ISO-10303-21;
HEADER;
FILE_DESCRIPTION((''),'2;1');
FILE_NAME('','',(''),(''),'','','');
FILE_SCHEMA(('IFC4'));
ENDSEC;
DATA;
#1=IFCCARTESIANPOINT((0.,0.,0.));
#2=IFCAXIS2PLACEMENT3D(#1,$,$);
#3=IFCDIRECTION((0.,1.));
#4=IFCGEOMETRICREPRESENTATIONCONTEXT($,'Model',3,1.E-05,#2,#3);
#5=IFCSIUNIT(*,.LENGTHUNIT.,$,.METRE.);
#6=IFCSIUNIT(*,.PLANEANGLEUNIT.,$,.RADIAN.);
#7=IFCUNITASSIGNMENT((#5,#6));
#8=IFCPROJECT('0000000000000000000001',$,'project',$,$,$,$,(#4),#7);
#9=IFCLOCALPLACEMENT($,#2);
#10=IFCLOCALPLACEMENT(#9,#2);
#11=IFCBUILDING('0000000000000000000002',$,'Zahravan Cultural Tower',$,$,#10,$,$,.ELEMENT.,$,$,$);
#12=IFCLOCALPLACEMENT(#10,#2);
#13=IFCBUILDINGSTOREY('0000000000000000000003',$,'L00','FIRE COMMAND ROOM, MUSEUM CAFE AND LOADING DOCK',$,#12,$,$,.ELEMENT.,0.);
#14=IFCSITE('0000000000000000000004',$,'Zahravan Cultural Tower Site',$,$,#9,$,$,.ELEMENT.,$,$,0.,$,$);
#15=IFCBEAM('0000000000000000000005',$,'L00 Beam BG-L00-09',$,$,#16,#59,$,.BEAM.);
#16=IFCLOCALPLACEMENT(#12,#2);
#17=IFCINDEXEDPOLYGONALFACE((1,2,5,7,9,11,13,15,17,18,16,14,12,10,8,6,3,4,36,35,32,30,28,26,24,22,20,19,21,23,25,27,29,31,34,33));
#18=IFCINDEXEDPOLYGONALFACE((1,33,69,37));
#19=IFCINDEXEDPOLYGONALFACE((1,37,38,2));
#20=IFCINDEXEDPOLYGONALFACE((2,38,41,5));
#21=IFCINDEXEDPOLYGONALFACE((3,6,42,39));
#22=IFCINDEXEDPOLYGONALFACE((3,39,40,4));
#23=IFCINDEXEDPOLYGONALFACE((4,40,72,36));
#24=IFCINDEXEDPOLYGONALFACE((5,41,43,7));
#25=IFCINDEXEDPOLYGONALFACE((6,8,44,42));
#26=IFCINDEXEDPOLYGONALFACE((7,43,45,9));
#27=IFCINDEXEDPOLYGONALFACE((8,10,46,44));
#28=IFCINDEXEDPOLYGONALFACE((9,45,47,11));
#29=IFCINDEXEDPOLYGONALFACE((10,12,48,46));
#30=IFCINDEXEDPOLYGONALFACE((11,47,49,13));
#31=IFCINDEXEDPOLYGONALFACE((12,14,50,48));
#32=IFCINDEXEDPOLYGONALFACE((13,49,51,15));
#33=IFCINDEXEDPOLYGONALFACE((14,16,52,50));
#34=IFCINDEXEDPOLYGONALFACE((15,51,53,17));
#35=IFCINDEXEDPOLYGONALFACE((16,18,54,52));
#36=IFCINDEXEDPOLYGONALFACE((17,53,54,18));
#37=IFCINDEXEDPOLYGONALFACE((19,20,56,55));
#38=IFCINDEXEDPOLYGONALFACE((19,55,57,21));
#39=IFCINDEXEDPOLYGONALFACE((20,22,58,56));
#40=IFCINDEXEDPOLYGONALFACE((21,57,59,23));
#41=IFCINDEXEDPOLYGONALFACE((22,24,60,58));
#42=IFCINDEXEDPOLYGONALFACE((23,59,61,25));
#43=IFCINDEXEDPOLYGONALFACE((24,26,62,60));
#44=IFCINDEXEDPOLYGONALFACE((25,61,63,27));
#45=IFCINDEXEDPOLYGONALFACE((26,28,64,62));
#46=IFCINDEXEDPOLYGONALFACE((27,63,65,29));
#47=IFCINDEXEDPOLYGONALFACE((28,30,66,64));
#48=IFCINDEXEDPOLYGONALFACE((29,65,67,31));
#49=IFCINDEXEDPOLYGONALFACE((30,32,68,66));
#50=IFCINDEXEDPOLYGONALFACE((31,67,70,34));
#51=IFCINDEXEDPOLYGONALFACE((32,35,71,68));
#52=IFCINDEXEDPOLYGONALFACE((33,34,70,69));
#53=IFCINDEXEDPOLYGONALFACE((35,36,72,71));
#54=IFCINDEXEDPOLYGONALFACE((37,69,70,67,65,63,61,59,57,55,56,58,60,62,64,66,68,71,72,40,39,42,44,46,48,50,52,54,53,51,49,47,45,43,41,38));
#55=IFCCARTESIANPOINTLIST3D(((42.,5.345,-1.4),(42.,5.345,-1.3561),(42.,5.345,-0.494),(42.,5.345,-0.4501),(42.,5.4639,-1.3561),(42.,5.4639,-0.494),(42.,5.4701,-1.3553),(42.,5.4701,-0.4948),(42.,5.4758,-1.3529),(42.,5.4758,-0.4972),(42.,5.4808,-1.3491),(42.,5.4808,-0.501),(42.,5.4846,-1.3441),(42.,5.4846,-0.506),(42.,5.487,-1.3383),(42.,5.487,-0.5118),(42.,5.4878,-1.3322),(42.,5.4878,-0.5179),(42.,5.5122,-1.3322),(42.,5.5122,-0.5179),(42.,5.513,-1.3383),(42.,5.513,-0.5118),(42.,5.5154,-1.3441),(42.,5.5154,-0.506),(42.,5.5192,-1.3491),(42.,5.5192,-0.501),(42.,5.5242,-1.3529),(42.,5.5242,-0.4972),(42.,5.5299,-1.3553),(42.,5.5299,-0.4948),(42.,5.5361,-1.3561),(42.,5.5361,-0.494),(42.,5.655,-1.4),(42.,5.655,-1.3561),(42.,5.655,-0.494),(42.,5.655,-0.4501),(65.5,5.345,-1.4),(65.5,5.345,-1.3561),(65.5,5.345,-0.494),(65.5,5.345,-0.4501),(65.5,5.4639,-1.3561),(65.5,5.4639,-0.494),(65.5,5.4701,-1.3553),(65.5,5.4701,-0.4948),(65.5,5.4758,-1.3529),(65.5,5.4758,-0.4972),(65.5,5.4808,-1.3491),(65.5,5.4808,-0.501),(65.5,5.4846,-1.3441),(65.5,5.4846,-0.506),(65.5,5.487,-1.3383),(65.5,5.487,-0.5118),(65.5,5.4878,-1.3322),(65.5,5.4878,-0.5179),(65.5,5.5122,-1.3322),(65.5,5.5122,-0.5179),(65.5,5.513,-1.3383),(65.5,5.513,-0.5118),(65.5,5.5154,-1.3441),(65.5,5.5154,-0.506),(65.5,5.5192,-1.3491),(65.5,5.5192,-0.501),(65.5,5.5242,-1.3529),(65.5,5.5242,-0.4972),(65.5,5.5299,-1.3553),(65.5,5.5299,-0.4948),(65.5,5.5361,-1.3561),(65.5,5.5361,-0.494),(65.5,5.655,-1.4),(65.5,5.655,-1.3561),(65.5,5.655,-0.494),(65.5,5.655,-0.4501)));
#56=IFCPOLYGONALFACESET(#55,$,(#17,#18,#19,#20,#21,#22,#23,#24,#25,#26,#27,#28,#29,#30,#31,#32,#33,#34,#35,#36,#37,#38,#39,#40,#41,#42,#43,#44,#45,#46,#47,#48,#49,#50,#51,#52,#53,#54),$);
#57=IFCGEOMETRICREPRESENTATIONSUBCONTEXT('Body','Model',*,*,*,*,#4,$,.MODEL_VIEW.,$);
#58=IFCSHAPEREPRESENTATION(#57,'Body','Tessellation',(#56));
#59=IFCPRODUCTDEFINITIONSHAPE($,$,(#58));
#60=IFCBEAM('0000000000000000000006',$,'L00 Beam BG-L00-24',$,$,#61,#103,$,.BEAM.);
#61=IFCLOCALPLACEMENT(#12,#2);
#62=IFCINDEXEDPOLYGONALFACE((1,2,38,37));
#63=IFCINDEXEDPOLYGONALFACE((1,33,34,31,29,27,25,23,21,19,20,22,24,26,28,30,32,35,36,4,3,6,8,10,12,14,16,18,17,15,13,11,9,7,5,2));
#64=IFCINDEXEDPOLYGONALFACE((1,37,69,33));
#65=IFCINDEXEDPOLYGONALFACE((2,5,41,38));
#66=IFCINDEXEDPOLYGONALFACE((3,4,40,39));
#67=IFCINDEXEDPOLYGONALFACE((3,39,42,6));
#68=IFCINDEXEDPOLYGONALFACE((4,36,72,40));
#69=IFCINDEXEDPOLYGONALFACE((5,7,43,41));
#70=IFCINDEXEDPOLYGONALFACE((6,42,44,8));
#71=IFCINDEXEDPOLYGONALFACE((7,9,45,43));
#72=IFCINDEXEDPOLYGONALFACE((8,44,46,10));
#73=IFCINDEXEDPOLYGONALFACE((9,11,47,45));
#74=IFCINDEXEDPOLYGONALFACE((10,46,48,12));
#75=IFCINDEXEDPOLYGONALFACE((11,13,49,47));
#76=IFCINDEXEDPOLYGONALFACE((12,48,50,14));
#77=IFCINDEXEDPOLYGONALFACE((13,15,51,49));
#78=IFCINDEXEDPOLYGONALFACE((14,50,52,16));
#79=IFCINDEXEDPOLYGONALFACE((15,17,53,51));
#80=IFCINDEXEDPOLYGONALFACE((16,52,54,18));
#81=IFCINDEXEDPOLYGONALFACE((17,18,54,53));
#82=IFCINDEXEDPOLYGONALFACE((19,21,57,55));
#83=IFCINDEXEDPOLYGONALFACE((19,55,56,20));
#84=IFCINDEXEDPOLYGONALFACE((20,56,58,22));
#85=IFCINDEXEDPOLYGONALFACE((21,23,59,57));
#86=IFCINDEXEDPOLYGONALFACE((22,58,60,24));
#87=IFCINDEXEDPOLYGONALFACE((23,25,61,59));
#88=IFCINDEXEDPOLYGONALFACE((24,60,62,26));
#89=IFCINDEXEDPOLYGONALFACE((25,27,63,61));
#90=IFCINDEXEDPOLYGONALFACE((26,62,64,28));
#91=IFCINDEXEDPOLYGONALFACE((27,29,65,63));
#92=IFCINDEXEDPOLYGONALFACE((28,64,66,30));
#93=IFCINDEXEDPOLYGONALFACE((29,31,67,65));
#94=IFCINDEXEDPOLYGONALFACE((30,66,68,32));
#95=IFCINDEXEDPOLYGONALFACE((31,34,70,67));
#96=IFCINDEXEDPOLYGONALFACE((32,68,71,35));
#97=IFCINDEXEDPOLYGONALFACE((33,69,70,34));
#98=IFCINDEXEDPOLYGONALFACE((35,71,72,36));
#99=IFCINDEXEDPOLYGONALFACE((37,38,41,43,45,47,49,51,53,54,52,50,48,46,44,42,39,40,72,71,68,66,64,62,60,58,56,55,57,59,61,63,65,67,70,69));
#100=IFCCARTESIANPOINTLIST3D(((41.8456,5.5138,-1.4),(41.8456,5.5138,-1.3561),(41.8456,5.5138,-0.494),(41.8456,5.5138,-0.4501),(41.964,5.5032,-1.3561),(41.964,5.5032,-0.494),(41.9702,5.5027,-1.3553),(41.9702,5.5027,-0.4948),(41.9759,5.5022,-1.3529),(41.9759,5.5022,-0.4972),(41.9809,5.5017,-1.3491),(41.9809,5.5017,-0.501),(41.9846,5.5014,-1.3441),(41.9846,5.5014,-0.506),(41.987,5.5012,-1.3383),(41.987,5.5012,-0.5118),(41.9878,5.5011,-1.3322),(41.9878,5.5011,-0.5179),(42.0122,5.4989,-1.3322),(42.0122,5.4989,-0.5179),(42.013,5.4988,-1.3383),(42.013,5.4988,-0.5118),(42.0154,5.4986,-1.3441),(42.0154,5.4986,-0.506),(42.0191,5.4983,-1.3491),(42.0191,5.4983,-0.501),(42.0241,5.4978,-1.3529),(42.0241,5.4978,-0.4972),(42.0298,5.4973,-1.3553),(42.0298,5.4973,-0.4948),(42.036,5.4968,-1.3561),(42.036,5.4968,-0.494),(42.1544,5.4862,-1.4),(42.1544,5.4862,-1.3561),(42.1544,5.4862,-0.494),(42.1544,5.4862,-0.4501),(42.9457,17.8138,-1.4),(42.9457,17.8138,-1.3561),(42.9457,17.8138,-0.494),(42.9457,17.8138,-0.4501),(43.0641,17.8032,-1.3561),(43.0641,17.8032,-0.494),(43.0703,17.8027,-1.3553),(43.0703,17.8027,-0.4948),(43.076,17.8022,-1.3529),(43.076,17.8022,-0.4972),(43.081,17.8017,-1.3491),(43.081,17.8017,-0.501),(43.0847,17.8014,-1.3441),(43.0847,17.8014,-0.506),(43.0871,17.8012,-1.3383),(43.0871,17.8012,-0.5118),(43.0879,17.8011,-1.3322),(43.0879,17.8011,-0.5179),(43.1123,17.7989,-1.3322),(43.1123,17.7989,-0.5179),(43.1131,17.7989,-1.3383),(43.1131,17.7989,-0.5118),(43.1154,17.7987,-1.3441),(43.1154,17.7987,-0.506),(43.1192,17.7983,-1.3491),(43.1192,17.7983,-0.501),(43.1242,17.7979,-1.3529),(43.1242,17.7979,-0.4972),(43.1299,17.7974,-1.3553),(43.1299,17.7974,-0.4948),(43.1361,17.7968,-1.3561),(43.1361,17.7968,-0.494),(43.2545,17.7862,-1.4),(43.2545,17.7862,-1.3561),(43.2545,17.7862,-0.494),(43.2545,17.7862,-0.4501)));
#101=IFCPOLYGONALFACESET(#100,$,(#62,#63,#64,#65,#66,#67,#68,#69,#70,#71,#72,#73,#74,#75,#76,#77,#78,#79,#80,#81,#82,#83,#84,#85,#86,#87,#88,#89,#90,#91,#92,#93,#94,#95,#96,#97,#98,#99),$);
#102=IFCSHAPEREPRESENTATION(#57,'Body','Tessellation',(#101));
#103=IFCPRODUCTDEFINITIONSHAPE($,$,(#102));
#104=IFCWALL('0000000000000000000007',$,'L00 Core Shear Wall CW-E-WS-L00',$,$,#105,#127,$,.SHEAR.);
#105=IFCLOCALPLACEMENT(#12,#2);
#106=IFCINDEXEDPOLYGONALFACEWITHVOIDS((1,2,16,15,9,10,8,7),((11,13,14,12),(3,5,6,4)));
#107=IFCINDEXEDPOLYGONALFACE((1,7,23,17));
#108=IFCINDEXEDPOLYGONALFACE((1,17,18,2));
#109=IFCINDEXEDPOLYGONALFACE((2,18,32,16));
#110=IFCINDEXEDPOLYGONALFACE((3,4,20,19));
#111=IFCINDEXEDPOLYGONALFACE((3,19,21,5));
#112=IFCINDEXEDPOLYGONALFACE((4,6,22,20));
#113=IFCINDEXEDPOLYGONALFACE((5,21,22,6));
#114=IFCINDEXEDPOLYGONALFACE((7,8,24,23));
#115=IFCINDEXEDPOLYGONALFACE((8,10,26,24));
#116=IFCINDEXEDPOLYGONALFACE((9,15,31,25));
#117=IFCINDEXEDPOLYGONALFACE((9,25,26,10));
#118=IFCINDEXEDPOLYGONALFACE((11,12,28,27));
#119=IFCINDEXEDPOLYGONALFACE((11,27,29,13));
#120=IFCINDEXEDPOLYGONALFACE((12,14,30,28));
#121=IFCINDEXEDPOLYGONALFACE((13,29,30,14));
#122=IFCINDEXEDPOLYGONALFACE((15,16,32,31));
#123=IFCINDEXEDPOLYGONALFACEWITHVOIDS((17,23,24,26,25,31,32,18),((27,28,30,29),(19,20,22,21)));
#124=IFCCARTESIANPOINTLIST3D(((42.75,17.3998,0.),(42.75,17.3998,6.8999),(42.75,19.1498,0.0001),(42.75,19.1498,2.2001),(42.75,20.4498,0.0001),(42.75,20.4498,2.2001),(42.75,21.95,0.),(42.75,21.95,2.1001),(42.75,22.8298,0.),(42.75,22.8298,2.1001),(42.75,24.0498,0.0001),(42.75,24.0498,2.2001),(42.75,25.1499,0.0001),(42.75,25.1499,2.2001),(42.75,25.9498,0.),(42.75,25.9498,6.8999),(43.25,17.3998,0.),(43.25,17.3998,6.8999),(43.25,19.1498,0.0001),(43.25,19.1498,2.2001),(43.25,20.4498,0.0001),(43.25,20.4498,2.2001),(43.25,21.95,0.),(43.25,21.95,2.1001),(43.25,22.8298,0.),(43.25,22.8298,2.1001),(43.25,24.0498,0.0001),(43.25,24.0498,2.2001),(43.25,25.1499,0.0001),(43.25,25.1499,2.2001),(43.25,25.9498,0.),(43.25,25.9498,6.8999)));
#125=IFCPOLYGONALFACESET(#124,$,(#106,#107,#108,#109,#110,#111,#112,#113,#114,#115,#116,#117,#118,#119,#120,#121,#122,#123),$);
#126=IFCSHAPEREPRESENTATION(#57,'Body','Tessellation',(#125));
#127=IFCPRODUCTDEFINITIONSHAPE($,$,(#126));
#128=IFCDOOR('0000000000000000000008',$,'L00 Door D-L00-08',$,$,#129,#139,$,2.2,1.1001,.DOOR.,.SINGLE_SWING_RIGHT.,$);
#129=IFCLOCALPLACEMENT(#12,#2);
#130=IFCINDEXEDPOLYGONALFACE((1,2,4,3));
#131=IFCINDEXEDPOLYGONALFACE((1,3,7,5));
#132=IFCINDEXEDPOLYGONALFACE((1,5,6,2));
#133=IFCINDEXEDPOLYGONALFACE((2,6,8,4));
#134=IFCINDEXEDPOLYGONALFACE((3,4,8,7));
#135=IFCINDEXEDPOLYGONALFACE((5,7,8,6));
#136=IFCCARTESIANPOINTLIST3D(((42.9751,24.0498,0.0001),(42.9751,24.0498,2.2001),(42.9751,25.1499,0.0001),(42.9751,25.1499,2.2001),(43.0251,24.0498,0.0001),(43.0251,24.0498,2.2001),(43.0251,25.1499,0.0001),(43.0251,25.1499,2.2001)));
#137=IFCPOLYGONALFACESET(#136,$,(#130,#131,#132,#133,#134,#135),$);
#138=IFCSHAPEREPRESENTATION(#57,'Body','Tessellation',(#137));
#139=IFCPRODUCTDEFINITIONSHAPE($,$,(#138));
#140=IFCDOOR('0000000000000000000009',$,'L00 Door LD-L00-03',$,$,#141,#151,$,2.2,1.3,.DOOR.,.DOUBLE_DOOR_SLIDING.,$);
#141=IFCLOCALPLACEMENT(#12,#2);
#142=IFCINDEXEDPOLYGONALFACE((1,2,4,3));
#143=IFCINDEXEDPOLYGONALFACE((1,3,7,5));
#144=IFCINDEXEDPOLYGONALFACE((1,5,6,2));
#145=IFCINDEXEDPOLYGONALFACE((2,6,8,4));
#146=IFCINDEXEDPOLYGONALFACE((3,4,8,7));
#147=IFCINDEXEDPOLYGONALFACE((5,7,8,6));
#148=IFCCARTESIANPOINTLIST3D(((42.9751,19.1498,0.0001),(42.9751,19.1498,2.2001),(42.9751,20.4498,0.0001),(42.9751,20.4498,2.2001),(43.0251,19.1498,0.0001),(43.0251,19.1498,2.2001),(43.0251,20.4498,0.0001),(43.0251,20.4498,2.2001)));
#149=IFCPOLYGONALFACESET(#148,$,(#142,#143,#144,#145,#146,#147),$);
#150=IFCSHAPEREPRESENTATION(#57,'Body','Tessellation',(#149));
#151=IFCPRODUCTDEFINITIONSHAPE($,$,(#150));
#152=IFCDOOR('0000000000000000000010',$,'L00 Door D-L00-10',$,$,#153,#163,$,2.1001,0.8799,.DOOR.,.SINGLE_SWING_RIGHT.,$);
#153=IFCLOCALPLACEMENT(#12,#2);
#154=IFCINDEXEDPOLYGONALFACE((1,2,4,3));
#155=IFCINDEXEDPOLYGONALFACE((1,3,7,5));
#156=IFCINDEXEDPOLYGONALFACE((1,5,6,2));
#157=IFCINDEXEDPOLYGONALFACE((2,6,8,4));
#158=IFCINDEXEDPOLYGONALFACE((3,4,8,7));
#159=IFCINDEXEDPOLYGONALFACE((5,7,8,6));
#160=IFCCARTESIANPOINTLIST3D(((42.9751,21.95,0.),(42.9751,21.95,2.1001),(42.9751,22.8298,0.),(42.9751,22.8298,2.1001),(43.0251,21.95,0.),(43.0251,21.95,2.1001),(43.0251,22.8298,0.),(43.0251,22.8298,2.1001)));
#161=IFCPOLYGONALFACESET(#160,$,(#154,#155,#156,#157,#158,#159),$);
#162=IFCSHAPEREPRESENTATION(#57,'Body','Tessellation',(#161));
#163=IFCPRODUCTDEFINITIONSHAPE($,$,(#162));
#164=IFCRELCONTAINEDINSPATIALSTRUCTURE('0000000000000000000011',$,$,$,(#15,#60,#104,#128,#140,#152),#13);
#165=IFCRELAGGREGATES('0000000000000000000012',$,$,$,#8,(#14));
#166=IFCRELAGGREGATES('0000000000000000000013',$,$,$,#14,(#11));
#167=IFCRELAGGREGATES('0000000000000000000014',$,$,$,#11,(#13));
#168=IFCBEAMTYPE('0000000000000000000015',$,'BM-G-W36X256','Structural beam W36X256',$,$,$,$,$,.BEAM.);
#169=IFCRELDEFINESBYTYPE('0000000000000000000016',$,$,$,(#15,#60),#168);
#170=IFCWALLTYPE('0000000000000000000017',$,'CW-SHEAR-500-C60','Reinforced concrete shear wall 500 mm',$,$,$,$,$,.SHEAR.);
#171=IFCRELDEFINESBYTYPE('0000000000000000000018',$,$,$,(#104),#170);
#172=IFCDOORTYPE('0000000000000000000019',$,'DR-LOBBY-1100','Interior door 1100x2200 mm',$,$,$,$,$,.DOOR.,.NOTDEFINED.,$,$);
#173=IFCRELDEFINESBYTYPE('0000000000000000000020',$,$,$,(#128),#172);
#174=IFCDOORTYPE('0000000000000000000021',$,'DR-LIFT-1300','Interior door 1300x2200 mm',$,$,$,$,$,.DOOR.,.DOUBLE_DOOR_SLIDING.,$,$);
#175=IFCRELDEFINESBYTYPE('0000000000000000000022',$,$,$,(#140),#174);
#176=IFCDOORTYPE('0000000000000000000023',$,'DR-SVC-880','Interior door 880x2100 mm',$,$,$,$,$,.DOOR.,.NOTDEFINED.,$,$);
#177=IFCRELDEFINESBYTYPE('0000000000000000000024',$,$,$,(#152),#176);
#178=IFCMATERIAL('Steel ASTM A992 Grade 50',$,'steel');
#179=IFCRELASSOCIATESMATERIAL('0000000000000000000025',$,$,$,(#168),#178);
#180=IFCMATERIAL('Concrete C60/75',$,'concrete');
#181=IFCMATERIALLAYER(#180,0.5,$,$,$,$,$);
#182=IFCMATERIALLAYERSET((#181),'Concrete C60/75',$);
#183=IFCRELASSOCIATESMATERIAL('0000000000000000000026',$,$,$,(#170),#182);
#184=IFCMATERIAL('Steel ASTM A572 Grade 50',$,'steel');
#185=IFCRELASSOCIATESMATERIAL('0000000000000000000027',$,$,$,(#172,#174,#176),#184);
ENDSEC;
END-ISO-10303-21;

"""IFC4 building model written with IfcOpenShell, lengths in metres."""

from ifc_helpers import new_model, si_unit, direction, frame, frame_2d, origin, origin_2d, place, context, subcontext, project, spatial, rectangle, i_section, extrude, source, transform, mapped, material, layer, layer_set, material_profile, profile_set, type_object, element, fill, save


model = new_model("IFC4")

# Units and contexts
model_context = context("Model", 3, precision=1e-05, world=origin(), true_north=direction((0.0, 1.0)))
body_context = subcontext(model_context, "Body", "Model", "MODEL_VIEW")
ifc_project = project(units=[si_unit("LENGTHUNIT", "METRE"), si_unit("PLANEANGLEUNIT", "RADIAN")], contexts=[model_context])

# Site, building, storey
site_placement = place(None, origin())
site = spatial("IfcSite", under=ifc_project, at=site_placement, Name="Zahravan Cultural Tower Site", CompositionType="ELEMENT", RefElevation=0.0)
building_placement = place(site_placement, origin())
building = spatial("IfcBuilding", under=site, at=building_placement, Name="Zahravan Cultural Tower", CompositionType="ELEMENT")
storey_placement = place(building_placement, origin())
storey = spatial("IfcBuildingStorey", under=building, at=storey_placement, Name="L00", Description="FIRE COMMAND ROOM, MUSEUM CAFE AND LOADING DOCK", CompositionType="ELEMENT", Elevation=0.0)

# Shared definitions
ifc_material_1 = material(Name="Concrete C60/75", Category="concrete")
ifc_material_2 = material(Name="Steel ASTM A572 Grade 50", Category="steel")

# Beams
ifc_material_3 = material(Name="Steel ASTM A992 Grade 50", Category="steel")
ifc_material_profile_1 = material_profile(ifc_material_3, i_section(OverallWidth=0.3101, OverallDepth=0.95, WebThickness=0.0244, FlangeThickness=0.0439, FilletRadius=0.0239, at=origin_2d()), Name="W36X256")
ifc_profile_set_1 = profile_set([ifc_material_profile_1], Name="Steel ASTM A992 Grade 50")
beam_type_1 = type_object("IfcBeamType", Name="BM-G-W36X256", Description="Structural beam W36X256", PredefinedType="BEAM", material=ifc_profile_set_1)
shared_shape_1 = source(origin(), body_context, "Body", "SweptSolid", [
    extrude(i_section(OverallWidth=0.3101, OverallDepth=0.95, WebThickness=0.0244, FlangeThickness=0.0439, FilletRadius=0.0239, at=origin_2d()), origin(), (0.0, 0.0, 1.0), 23.5),
])
beam_1_placement = place(storey_placement, frame((42.0, 5.5, -0.925), z_axis=(1.0, 0.0, 0.0), x_axis=(0.0, 1.0, 0.0)))
element("IfcBeam", 1, at=beam_1_placement, inside=storey, type_object=beam_type_1, Name="L00 Beam BG-L00-09", PredefinedType="BEAM", context=body_context, shape_type="MappedRepresentation", body=[
    mapped(shared_shape_1, transform((0.0, 0.0, 0.0), x_axis=(1.0, 0.0, 0.0), y_axis=(0.0, 1.0, 0.0), z_axis=(0.0, 0.0, 1.0), scale=1.0)),
])
shared_shape_2 = source(origin(), body_context, "Body", "SweptSolid", [
    extrude(i_section(OverallWidth=0.3101, OverallDepth=0.95, WebThickness=0.0244, FlangeThickness=0.0439, FilletRadius=0.0239, at=origin_2d()), origin(), (0.0, 0.0, 1.0), 12.3491),
])
beam_2_placement = place(storey_placement, frame((42.0, 5.5, -0.925), z_axis=(0.089083, 0.996024, 0.0), x_axis=(-0.996024, 0.089083, 0.0)))
element("IfcBeam", 2, at=beam_2_placement, inside=storey, type_object=beam_type_1, Name="L00 Beam BG-L00-24", PredefinedType="BEAM", context=body_context, shape_type="MappedRepresentation", body=[
    mapped(shared_shape_2, transform((0.0, 0.0, 0.0), x_axis=(1.0, 0.0, 0.0), y_axis=(0.0, 1.0, 0.0), z_axis=(0.0, 0.0, 1.0), scale=1.0)),
])

# Wall, openings, doors
ifc_layer_1 = layer(ifc_material_1, 0.5)
ifc_layer_set_1 = layer_set([ifc_layer_1], Name="Concrete C60/75")
wall_type_1 = type_object("IfcWallType", Name="CW-SHEAR-500-C60", Description="Reinforced concrete shear wall 500 mm", PredefinedType="SHEAR", material=ifc_layer_set_1)
wall_1_placement = place(storey_placement, frame((43.0, 17.3999, 0.0), z_axis=(0.0, 0.0, 1.0), x_axis=(0.0, 1.0, 0.0)))
wall_1 = element("IfcWall", 3, at=wall_1_placement, inside=storey, type_object=wall_type_1, Name="L00 Core Shear Wall CW-E-WS-L00", PredefinedType="SHEAR", context=body_context, shape_type="SweptSolid", body=[
    extrude(rectangle(XDim=8.55, YDim=0.5, at=frame_2d((4.2749, 0.0))), origin(), (0.0, 0.0, 1.0), 6.8999),
])
opening_1_placement = place(wall_1_placement, frame((6.6499, 0.0, 0.0)))
opening_1 = element("IfcOpeningElement", 4, at=opening_1_placement, cuts=wall_1, PredefinedType="OPENING", context=body_context, shape_type="SweptSolid", body=[
    extrude(rectangle(XDim=1.1001, YDim=2.2, at=frame_2d((0.55, 1.1001))), frame((0.0, 0.26, 0.0), z_axis=(0.0, -1.0, 0.0), x_axis=(1.0, 0.0, 0.0)), (0.0, 0.0, 1.0), 0.52),
])
opening_2_placement = place(wall_1_placement, frame((1.75, 0.0, 0.0)))
opening_2 = element("IfcOpeningElement", 5, at=opening_2_placement, cuts=wall_1, PredefinedType="OPENING", context=body_context, shape_type="SweptSolid", body=[
    extrude(rectangle(XDim=1.3, YDim=2.2, at=frame_2d((0.6499, 1.1001))), frame((0.0, 0.26, 0.0), z_axis=(0.0, -1.0, 0.0), x_axis=(1.0, 0.0, 0.0)), (0.0, 0.0, 1.0), 0.52),
])
opening_3_placement = place(wall_1_placement, frame((4.55, 0.0, 0.0)))
opening_3 = element("IfcOpeningElement", 6, at=opening_3_placement, cuts=wall_1, PredefinedType="OPENING", context=body_context, shape_type="SweptSolid", body=[
    extrude(rectangle(XDim=0.8799, YDim=2.1001, at=frame_2d((0.4399, 1.05))), frame((0.0, 0.26, 0.0), z_axis=(0.0, -1.0, 0.0), x_axis=(1.0, 0.0, 0.0)), (0.0, 0.0, 1.0), 0.52),
])
door_type_1 = type_object("IfcDoorType", Name="DR-LOBBY-1100", Description="Interior door 1100x2200 mm", OperationType="NOTDEFINED", PredefinedType="DOOR", material=ifc_material_2)
shared_shape_3 = source(origin(), body_context, "Body", "SweptSolid", [
    extrude(rectangle(XDim=1.1001, YDim=2.2, at=frame_2d((0.55, 1.1001))), frame((0.0, 0.0249, 0.0), z_axis=(0.0, -1.0, 0.0), x_axis=(1.0, 0.0, 0.0)), (0.0, 0.0, 1.0), 0.05),
])
door_1_placement = place(opening_1_placement, origin())
door_1 = element("IfcDoor", 7, at=door_1_placement, inside=storey, type_object=door_type_1, Name="L00 Door D-L00-08", OperationType="SINGLE_SWING_RIGHT", OverallHeight=2.2, OverallWidth=1.1001, PredefinedType="DOOR", context=body_context, shape_type="MappedRepresentation", body=[
    mapped(shared_shape_3, transform((0.0, 0.0, 0.0), x_axis=(1.0, 0.0, 0.0), y_axis=(0.0, 1.0, 0.0), z_axis=(0.0, 0.0, 1.0), scale=1.0)),
])
fill(opening_1, door_1)
door_type_2 = type_object("IfcDoorType", Name="DR-LIFT-1300", Description="Interior door 1300x2200 mm", OperationType="DOUBLE_DOOR_SLIDING", PredefinedType="DOOR", material=ifc_material_2)
shared_shape_4 = source(origin(), body_context, "Body", "SweptSolid", [
    extrude(rectangle(XDim=1.3, YDim=2.2, at=frame_2d((0.6499, 1.1001))), frame((0.0, 0.0249, 0.0), z_axis=(0.0, -1.0, 0.0), x_axis=(1.0, 0.0, 0.0)), (0.0, 0.0, 1.0), 0.05),
])
door_2_placement = place(opening_2_placement, origin())
door_2 = element("IfcDoor", 8, at=door_2_placement, inside=storey, type_object=door_type_2, Name="L00 Door LD-L00-03", OperationType="DOUBLE_DOOR_SLIDING", OverallHeight=2.2, OverallWidth=1.3, PredefinedType="DOOR", context=body_context, shape_type="MappedRepresentation", body=[
    mapped(shared_shape_4, transform((0.0, 0.0, 0.0), x_axis=(1.0, 0.0, 0.0), y_axis=(0.0, 1.0, 0.0), z_axis=(0.0, 0.0, 1.0), scale=1.0)),
])
fill(opening_2, door_2)
door_type_3 = type_object("IfcDoorType", Name="DR-SVC-880", Description="Interior door 880x2100 mm", OperationType="NOTDEFINED", PredefinedType="DOOR", material=ifc_material_2)
shared_shape_5 = source(origin(), body_context, "Body", "SweptSolid", [
    extrude(rectangle(XDim=0.8799, YDim=2.1001, at=frame_2d((0.4399, 1.05))), frame((0.0, 0.0249, 0.0), z_axis=(0.0, -1.0, 0.0), x_axis=(1.0, 0.0, 0.0)), (0.0, 0.0, 1.0), 0.05),
])
door_3_placement = place(opening_3_placement, origin())
door_3 = element("IfcDoor", 9, at=door_3_placement, inside=storey, type_object=door_type_3, Name="L00 Door D-L00-10", OperationType="SINGLE_SWING_RIGHT", OverallHeight=2.1001, OverallWidth=0.8799, PredefinedType="DOOR", context=body_context, shape_type="MappedRepresentation", body=[
    mapped(shared_shape_5, transform((0.0, 0.0, 0.0), x_axis=(1.0, 0.0, 0.0), y_axis=(0.0, 1.0, 0.0), z_axis=(0.0, 0.0, 1.0), scale=1.0)),
])
fill(opening_3, door_3)

save(model, "model.ifc")
